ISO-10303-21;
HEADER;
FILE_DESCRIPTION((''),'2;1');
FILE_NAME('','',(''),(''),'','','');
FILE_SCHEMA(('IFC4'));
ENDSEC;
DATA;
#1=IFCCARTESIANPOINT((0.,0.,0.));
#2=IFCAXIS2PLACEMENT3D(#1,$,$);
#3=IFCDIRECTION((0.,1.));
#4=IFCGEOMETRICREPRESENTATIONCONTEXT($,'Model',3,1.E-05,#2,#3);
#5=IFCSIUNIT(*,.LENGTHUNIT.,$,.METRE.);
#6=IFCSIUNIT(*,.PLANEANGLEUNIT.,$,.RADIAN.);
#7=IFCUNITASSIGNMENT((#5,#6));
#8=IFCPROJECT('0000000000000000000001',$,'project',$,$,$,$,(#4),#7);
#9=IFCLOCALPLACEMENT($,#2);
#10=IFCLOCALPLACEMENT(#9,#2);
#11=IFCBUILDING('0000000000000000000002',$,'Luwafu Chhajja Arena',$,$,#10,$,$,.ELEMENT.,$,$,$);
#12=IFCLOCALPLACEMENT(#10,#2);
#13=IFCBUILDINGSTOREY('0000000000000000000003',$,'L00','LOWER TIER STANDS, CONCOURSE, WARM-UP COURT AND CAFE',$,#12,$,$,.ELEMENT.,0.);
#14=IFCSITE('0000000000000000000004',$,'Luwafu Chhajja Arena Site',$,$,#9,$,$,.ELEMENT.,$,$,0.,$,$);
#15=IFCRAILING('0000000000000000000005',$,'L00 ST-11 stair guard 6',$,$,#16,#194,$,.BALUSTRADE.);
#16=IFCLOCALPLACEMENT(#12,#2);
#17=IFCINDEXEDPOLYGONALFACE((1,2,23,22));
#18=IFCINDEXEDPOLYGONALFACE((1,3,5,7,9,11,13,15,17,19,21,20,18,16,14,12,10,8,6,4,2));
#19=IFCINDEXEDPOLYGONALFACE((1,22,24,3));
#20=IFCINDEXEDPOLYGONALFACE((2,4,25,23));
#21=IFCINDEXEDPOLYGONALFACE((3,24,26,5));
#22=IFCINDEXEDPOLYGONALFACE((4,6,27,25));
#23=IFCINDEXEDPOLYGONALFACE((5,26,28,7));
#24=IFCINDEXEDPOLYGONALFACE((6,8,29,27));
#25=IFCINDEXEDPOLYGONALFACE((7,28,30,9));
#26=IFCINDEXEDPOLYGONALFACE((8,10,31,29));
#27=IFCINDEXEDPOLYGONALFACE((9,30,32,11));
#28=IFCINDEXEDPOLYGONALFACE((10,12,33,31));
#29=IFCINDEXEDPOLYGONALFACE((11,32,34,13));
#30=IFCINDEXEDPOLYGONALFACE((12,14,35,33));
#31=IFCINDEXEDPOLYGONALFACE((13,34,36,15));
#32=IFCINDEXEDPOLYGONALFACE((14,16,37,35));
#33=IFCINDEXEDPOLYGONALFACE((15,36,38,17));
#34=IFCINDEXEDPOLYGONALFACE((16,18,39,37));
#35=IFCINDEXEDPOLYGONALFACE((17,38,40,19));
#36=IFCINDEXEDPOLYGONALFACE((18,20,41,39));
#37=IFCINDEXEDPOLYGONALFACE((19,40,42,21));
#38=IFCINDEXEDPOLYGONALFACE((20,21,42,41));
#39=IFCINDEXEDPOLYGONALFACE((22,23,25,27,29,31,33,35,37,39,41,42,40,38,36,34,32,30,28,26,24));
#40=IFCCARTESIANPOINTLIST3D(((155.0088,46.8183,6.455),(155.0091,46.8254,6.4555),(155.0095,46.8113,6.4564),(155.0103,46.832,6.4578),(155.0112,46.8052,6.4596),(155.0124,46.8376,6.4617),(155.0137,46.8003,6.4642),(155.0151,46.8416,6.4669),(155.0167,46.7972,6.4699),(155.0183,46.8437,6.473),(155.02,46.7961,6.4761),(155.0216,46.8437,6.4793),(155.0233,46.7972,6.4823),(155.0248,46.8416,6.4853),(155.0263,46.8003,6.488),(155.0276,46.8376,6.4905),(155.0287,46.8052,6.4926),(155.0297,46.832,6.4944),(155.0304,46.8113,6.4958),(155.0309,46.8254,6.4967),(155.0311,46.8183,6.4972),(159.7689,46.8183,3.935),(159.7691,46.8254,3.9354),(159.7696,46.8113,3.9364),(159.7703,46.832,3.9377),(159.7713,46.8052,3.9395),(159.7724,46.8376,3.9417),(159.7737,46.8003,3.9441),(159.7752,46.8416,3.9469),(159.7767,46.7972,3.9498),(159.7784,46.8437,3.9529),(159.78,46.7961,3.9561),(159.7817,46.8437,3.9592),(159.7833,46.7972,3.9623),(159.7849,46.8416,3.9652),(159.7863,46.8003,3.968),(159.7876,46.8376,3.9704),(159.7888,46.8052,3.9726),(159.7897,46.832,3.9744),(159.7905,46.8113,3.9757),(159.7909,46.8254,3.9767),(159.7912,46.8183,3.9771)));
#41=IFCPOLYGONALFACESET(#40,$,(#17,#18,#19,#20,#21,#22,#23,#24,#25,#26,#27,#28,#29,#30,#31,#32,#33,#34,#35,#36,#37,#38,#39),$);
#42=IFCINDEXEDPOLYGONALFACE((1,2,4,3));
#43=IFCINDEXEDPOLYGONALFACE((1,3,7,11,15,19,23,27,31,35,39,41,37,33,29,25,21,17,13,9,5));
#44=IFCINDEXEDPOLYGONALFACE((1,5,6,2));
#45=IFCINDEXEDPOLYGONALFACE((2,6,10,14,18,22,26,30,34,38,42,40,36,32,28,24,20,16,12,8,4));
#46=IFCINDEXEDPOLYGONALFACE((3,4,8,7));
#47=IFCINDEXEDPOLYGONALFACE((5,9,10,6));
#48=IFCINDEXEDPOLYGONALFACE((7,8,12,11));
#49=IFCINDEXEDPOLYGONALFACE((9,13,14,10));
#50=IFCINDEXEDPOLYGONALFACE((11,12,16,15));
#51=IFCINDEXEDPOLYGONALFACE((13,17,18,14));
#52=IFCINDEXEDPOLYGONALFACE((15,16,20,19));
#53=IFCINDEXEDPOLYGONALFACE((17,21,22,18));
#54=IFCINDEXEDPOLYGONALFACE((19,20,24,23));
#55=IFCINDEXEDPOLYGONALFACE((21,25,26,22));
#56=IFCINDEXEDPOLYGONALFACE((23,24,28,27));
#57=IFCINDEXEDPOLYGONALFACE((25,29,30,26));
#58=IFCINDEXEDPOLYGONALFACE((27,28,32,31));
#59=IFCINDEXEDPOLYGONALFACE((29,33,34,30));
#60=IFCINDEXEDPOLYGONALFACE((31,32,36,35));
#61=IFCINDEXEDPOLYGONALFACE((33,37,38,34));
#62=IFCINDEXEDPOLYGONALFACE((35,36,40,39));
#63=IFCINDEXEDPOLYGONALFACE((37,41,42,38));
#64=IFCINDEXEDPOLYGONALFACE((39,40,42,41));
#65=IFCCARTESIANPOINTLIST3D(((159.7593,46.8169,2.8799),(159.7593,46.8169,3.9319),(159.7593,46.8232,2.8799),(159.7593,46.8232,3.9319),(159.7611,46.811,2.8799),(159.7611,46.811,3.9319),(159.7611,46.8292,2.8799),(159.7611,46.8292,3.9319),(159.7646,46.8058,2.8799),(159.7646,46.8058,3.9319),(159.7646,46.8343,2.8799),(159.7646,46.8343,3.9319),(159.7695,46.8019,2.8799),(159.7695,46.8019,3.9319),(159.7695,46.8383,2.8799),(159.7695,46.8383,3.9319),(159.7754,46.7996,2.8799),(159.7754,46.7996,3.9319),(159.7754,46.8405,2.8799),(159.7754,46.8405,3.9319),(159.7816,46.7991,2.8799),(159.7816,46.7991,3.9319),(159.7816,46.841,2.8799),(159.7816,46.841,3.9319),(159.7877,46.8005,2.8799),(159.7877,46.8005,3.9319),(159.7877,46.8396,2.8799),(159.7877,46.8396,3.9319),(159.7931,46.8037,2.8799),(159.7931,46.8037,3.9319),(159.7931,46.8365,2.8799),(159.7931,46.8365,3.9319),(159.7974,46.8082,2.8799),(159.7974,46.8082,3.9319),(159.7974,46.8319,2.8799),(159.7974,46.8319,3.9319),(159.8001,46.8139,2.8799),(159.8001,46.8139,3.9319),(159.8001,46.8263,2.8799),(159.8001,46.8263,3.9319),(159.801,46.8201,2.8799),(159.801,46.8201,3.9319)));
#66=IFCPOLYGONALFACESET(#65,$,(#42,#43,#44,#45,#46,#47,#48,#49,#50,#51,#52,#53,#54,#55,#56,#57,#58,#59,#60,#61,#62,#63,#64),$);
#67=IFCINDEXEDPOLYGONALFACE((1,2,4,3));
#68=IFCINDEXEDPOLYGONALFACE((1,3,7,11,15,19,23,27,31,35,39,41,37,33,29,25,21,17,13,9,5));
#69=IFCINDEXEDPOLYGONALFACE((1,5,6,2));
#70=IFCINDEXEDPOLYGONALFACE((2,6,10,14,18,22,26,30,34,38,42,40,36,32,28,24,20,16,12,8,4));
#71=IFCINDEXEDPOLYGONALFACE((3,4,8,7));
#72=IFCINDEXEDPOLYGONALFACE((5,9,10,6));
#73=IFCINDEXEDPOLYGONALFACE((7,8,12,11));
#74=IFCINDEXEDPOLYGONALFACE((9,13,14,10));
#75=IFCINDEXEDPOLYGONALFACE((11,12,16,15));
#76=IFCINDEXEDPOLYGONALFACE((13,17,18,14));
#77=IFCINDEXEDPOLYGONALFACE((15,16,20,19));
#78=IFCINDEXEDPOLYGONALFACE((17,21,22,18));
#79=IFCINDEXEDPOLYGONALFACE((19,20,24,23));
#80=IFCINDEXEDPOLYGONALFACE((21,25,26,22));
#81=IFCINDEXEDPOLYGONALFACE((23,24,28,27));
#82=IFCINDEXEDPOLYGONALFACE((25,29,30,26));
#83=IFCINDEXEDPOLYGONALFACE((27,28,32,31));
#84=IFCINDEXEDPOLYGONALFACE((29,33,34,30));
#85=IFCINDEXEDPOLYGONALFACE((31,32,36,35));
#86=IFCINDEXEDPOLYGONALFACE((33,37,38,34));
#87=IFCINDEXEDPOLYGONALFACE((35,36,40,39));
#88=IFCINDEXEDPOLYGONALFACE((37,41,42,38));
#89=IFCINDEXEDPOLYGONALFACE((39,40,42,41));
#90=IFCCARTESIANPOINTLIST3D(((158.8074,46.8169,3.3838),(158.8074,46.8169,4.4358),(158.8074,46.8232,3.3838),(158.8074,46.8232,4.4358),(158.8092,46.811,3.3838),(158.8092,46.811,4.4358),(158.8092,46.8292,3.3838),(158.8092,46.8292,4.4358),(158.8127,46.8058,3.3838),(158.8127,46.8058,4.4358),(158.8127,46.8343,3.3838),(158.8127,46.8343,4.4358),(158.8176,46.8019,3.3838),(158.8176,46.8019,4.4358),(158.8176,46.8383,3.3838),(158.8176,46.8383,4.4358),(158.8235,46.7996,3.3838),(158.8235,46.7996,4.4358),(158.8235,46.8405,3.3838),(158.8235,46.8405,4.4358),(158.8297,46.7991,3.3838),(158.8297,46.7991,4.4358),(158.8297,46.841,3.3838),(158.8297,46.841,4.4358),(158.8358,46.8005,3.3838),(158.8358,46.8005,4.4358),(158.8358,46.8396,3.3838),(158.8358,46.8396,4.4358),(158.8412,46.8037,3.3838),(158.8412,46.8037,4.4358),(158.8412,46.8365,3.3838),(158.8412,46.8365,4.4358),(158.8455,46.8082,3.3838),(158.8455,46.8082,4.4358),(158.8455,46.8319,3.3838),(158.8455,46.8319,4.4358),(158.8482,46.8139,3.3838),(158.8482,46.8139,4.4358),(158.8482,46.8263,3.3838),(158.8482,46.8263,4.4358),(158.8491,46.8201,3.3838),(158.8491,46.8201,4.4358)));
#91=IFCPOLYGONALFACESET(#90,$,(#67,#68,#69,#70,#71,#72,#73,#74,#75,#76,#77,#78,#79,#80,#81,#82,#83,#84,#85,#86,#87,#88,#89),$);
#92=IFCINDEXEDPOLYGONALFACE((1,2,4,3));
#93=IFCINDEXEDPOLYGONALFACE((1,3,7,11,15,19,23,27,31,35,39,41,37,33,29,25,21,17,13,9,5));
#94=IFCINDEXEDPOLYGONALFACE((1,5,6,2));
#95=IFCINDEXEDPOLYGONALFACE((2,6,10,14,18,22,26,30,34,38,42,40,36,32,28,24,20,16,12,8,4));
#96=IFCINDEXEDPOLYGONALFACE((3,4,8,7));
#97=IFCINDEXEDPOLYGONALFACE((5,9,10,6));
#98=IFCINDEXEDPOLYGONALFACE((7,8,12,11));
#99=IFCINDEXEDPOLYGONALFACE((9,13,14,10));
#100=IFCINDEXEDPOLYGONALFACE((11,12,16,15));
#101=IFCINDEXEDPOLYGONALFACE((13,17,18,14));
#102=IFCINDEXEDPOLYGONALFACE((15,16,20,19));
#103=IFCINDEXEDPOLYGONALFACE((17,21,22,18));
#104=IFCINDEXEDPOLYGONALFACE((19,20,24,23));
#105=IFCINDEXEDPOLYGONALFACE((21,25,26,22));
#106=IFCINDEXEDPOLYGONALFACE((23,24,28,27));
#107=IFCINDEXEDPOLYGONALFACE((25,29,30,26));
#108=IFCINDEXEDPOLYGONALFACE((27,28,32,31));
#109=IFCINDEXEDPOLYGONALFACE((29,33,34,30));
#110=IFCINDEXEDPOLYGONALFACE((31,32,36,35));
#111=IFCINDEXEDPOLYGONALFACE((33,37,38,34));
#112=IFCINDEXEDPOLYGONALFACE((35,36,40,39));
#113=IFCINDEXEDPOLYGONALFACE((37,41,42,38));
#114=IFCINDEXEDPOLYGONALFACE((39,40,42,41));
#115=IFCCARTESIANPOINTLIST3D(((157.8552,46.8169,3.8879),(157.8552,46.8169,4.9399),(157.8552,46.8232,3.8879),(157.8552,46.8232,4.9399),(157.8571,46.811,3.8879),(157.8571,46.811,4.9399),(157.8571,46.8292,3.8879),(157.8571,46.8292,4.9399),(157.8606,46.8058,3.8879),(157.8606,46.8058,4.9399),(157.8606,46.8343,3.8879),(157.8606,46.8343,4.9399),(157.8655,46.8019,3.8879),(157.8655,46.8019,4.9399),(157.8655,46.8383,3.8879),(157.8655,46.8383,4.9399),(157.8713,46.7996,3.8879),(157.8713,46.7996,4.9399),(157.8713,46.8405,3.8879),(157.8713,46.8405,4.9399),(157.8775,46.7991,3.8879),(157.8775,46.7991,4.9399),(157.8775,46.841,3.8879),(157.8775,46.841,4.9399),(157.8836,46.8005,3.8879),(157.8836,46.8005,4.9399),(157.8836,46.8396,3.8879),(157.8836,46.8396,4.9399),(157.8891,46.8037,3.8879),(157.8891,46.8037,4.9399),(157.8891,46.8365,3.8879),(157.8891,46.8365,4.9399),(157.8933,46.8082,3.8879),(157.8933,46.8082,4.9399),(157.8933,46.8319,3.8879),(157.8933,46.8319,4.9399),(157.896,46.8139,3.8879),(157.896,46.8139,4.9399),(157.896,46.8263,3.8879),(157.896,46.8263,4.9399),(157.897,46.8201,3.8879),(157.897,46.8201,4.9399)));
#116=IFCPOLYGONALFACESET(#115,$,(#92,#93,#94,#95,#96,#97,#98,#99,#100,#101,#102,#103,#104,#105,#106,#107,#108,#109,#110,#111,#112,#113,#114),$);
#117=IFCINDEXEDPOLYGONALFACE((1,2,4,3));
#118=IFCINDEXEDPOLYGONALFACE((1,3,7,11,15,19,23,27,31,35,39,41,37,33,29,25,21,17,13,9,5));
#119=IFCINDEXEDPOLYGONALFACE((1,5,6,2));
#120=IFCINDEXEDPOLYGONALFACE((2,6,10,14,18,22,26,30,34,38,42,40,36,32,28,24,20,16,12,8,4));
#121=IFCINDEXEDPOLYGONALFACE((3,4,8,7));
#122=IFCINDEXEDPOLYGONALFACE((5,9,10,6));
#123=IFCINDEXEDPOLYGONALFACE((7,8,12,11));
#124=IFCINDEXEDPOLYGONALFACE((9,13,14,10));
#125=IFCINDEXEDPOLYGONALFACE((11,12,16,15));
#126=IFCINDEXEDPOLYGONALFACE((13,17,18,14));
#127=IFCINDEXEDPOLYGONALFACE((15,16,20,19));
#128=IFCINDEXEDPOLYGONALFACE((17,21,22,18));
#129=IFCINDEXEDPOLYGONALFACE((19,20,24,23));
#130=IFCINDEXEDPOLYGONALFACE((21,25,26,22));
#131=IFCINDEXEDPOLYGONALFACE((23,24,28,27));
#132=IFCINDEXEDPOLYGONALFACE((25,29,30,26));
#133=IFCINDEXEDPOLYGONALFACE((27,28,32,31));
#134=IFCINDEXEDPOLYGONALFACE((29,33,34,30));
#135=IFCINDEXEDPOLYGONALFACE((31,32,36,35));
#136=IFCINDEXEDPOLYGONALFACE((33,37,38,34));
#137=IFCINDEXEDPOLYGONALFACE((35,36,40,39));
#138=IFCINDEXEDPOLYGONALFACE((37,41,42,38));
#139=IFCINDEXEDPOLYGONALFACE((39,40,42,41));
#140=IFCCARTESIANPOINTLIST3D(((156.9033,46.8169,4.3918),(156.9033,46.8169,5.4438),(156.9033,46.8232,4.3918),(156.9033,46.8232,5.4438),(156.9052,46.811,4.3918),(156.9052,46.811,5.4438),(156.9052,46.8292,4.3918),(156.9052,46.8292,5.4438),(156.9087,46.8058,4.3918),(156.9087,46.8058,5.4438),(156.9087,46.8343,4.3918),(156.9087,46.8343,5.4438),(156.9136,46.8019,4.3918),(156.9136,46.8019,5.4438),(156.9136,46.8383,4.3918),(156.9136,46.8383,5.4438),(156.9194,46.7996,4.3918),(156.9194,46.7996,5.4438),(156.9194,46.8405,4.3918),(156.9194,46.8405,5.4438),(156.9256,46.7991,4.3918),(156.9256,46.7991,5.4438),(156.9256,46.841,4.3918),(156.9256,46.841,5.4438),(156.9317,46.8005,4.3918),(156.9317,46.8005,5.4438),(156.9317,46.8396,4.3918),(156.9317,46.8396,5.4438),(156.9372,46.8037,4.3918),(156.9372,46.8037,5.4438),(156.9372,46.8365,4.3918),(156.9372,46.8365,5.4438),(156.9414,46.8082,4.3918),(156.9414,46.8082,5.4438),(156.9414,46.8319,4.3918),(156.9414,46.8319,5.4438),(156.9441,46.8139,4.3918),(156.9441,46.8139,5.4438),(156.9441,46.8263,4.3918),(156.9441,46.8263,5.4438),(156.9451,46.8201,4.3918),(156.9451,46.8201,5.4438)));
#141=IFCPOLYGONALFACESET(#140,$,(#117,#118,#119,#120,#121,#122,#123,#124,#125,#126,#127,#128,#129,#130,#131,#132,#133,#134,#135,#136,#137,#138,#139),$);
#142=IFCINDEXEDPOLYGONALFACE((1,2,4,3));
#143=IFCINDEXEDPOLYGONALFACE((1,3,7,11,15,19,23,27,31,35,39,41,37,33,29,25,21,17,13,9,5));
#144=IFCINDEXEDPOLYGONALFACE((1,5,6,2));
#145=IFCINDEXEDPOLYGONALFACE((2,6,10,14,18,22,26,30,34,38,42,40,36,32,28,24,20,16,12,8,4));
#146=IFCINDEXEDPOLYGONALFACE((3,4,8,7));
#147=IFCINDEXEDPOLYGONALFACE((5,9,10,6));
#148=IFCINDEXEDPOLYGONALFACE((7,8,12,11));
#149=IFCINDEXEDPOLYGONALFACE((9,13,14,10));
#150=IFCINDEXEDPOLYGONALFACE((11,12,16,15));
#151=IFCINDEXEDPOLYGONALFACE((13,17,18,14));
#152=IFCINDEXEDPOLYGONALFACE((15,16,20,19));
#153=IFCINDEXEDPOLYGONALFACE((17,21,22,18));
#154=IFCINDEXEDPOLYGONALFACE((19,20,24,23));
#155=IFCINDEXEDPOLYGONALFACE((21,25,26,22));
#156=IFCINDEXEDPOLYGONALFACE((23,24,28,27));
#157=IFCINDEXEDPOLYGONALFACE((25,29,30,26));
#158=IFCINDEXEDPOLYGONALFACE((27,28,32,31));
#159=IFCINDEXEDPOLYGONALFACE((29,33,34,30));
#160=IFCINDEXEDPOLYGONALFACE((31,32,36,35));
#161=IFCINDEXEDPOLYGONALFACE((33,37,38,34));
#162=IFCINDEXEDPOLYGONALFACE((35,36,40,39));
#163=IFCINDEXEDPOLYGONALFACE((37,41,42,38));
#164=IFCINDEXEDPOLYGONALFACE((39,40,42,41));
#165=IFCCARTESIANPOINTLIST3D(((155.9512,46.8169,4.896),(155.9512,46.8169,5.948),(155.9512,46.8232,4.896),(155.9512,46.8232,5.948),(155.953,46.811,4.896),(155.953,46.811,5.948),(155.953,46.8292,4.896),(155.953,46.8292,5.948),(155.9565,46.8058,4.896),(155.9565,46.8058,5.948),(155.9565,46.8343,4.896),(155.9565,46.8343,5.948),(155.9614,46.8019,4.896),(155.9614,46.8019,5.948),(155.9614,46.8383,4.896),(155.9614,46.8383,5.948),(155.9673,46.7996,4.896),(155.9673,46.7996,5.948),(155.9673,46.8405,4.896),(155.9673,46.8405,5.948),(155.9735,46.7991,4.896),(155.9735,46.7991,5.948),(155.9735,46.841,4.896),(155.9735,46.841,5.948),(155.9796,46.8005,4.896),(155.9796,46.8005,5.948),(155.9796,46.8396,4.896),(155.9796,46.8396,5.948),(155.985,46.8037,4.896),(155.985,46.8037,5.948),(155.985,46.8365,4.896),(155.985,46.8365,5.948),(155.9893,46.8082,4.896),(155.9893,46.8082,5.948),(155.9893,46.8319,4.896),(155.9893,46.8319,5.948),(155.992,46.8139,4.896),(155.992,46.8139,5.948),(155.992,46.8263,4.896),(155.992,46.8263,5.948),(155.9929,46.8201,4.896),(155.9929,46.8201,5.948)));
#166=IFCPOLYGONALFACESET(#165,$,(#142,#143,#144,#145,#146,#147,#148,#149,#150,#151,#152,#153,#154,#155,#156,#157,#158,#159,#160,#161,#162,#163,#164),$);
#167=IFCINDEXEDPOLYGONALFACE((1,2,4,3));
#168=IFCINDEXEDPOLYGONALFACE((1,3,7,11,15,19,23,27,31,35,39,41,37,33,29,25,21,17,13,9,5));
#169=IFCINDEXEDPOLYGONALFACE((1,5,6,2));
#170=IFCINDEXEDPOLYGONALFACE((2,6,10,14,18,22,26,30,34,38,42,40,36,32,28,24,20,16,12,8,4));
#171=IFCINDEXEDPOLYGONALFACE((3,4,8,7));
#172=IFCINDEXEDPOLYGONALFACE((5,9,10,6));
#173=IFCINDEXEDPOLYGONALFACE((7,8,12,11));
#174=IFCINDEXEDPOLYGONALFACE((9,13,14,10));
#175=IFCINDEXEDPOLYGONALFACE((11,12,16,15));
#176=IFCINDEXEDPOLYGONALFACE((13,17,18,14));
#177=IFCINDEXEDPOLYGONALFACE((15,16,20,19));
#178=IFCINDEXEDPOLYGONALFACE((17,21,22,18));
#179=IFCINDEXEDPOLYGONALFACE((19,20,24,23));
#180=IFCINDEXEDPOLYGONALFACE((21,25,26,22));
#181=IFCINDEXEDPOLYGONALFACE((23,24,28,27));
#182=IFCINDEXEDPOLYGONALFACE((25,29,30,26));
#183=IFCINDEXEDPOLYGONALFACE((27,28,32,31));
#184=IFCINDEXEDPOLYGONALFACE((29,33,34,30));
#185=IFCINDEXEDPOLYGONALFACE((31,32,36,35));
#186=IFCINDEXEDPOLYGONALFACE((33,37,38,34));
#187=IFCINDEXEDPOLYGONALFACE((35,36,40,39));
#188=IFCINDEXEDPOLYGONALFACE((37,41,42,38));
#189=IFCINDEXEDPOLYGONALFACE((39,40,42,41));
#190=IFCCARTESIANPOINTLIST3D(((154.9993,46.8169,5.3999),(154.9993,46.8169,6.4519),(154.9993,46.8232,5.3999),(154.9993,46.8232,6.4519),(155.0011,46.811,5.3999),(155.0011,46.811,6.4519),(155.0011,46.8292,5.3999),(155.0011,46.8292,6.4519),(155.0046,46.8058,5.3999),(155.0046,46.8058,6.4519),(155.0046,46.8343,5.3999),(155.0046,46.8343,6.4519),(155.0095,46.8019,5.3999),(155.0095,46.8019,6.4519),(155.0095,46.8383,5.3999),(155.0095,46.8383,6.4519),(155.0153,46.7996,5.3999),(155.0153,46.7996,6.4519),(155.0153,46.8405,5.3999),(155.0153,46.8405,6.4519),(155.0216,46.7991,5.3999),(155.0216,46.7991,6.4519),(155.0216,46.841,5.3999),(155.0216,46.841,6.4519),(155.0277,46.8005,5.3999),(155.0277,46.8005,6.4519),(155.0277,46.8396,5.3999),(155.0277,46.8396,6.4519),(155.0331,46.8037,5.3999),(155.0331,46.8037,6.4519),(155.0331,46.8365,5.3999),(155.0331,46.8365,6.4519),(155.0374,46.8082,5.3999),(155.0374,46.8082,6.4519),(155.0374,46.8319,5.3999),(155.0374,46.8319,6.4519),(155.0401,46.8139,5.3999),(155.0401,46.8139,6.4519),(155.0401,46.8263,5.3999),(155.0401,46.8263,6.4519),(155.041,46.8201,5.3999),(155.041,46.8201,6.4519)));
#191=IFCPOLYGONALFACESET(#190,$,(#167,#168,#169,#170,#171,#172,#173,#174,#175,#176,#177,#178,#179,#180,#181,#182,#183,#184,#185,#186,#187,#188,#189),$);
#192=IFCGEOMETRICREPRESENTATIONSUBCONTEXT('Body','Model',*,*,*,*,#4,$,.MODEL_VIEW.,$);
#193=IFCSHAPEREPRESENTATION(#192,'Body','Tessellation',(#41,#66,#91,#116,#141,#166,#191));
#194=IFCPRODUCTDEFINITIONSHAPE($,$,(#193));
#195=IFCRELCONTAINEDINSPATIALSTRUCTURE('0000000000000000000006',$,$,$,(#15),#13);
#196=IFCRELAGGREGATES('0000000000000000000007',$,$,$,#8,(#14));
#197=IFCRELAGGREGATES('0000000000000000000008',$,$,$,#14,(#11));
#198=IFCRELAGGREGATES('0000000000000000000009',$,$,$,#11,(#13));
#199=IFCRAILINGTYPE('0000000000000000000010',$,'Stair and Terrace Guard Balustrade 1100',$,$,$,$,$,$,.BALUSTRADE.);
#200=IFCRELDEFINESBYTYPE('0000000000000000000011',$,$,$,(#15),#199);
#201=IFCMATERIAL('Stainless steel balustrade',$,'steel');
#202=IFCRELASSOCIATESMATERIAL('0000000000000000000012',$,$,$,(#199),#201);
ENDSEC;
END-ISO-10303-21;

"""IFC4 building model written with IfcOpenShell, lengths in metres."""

from ifc_helpers import new_model, si_unit, direction, frame, origin, origin_2d, place, context, subcontext, project, spatial, circle, extrude, material, type_object, element, save


model = new_model("IFC4")

# Units and contexts
model_context = context("Model", 3, precision=1e-05, world=origin(), true_north=direction((0.0, 1.0)))
body_context = subcontext(model_context, "Body", "Model", "MODEL_VIEW")
ifc_project = project(units=[si_unit("LENGTHUNIT", "METRE"), si_unit("PLANEANGLEUNIT", "RADIAN")], contexts=[model_context])

# Site, building, storey
site_placement = place(None, origin())
site = spatial("IfcSite", under=ifc_project, at=site_placement, Name="Luwafu Chhajja Arena Site", CompositionType="ELEMENT", RefElevation=0.0)
building_placement = place(site_placement, origin())
building = spatial("IfcBuilding", under=site, at=building_placement, Name="Luwafu Chhajja Arena", CompositionType="ELEMENT")
storey_placement = place(building_placement, origin())
storey = spatial("IfcBuildingStorey", under=building, at=storey_placement, Name="L00", Description="LOWER TIER STANDS, CONCOURSE, WARM-UP COURT AND CAFE", CompositionType="ELEMENT", Elevation=0.0)

# Railing
ifc_material_1 = material(Name="Stainless steel balustrade", Category="steel")
railing_type_1 = type_object("IfcRailingType", Name="Stair and Terrace Guard Balustrade 1100", PredefinedType="BALUSTRADE", material=ifc_material_1)
railing_1_placement = place(storey_placement, frame((159.78, 46.8201, 2.8799)))
element("IfcRailing", 1, at=railing_1_placement, inside=storey, type_object=railing_type_1, Name="L00 ST-11 stair guard 6", PredefinedType="BALUSTRADE", context=body_context, shape_type="SweptSolid", body=[
    extrude(circle(Radius=0.0239, at=origin_2d()), frame((0.0, 0.0, 1.0762), z_axis=(-0.883787, 0.0, 0.46789), x_axis=(0.0, -1.0, 0.0)), (0.0, 0.0, 1.0), 5.386),
    extrude(circle(Radius=0.021, at=origin_2d()), origin(), (0.0, 0.0, 1.0), 1.052),
    extrude(circle(Radius=0.021, at=origin_2d()), frame((-0.9519, 0.0, 0.5039)), (0.0, 0.0, 1.0), 1.052),
    extrude(circle(Radius=0.021, at=origin_2d()), frame((-1.9041, 0.0, 1.0081)), (0.0, 0.0, 1.0), 1.052),
    extrude(circle(Radius=0.021, at=origin_2d()), frame((-2.856, 0.0, 1.512)), (0.0, 0.0, 1.0), 1.052),
    extrude(circle(Radius=0.021, at=origin_2d()), frame((-3.8081, 0.0, 2.0161)), (0.0, 0.0, 1.0), 1.052),
    extrude(circle(Radius=0.021, at=origin_2d()), frame((-4.76, 0.0, 2.52)), (0.0, 0.0, 1.0), 1.052),
])

save(model, "model.ifc")
